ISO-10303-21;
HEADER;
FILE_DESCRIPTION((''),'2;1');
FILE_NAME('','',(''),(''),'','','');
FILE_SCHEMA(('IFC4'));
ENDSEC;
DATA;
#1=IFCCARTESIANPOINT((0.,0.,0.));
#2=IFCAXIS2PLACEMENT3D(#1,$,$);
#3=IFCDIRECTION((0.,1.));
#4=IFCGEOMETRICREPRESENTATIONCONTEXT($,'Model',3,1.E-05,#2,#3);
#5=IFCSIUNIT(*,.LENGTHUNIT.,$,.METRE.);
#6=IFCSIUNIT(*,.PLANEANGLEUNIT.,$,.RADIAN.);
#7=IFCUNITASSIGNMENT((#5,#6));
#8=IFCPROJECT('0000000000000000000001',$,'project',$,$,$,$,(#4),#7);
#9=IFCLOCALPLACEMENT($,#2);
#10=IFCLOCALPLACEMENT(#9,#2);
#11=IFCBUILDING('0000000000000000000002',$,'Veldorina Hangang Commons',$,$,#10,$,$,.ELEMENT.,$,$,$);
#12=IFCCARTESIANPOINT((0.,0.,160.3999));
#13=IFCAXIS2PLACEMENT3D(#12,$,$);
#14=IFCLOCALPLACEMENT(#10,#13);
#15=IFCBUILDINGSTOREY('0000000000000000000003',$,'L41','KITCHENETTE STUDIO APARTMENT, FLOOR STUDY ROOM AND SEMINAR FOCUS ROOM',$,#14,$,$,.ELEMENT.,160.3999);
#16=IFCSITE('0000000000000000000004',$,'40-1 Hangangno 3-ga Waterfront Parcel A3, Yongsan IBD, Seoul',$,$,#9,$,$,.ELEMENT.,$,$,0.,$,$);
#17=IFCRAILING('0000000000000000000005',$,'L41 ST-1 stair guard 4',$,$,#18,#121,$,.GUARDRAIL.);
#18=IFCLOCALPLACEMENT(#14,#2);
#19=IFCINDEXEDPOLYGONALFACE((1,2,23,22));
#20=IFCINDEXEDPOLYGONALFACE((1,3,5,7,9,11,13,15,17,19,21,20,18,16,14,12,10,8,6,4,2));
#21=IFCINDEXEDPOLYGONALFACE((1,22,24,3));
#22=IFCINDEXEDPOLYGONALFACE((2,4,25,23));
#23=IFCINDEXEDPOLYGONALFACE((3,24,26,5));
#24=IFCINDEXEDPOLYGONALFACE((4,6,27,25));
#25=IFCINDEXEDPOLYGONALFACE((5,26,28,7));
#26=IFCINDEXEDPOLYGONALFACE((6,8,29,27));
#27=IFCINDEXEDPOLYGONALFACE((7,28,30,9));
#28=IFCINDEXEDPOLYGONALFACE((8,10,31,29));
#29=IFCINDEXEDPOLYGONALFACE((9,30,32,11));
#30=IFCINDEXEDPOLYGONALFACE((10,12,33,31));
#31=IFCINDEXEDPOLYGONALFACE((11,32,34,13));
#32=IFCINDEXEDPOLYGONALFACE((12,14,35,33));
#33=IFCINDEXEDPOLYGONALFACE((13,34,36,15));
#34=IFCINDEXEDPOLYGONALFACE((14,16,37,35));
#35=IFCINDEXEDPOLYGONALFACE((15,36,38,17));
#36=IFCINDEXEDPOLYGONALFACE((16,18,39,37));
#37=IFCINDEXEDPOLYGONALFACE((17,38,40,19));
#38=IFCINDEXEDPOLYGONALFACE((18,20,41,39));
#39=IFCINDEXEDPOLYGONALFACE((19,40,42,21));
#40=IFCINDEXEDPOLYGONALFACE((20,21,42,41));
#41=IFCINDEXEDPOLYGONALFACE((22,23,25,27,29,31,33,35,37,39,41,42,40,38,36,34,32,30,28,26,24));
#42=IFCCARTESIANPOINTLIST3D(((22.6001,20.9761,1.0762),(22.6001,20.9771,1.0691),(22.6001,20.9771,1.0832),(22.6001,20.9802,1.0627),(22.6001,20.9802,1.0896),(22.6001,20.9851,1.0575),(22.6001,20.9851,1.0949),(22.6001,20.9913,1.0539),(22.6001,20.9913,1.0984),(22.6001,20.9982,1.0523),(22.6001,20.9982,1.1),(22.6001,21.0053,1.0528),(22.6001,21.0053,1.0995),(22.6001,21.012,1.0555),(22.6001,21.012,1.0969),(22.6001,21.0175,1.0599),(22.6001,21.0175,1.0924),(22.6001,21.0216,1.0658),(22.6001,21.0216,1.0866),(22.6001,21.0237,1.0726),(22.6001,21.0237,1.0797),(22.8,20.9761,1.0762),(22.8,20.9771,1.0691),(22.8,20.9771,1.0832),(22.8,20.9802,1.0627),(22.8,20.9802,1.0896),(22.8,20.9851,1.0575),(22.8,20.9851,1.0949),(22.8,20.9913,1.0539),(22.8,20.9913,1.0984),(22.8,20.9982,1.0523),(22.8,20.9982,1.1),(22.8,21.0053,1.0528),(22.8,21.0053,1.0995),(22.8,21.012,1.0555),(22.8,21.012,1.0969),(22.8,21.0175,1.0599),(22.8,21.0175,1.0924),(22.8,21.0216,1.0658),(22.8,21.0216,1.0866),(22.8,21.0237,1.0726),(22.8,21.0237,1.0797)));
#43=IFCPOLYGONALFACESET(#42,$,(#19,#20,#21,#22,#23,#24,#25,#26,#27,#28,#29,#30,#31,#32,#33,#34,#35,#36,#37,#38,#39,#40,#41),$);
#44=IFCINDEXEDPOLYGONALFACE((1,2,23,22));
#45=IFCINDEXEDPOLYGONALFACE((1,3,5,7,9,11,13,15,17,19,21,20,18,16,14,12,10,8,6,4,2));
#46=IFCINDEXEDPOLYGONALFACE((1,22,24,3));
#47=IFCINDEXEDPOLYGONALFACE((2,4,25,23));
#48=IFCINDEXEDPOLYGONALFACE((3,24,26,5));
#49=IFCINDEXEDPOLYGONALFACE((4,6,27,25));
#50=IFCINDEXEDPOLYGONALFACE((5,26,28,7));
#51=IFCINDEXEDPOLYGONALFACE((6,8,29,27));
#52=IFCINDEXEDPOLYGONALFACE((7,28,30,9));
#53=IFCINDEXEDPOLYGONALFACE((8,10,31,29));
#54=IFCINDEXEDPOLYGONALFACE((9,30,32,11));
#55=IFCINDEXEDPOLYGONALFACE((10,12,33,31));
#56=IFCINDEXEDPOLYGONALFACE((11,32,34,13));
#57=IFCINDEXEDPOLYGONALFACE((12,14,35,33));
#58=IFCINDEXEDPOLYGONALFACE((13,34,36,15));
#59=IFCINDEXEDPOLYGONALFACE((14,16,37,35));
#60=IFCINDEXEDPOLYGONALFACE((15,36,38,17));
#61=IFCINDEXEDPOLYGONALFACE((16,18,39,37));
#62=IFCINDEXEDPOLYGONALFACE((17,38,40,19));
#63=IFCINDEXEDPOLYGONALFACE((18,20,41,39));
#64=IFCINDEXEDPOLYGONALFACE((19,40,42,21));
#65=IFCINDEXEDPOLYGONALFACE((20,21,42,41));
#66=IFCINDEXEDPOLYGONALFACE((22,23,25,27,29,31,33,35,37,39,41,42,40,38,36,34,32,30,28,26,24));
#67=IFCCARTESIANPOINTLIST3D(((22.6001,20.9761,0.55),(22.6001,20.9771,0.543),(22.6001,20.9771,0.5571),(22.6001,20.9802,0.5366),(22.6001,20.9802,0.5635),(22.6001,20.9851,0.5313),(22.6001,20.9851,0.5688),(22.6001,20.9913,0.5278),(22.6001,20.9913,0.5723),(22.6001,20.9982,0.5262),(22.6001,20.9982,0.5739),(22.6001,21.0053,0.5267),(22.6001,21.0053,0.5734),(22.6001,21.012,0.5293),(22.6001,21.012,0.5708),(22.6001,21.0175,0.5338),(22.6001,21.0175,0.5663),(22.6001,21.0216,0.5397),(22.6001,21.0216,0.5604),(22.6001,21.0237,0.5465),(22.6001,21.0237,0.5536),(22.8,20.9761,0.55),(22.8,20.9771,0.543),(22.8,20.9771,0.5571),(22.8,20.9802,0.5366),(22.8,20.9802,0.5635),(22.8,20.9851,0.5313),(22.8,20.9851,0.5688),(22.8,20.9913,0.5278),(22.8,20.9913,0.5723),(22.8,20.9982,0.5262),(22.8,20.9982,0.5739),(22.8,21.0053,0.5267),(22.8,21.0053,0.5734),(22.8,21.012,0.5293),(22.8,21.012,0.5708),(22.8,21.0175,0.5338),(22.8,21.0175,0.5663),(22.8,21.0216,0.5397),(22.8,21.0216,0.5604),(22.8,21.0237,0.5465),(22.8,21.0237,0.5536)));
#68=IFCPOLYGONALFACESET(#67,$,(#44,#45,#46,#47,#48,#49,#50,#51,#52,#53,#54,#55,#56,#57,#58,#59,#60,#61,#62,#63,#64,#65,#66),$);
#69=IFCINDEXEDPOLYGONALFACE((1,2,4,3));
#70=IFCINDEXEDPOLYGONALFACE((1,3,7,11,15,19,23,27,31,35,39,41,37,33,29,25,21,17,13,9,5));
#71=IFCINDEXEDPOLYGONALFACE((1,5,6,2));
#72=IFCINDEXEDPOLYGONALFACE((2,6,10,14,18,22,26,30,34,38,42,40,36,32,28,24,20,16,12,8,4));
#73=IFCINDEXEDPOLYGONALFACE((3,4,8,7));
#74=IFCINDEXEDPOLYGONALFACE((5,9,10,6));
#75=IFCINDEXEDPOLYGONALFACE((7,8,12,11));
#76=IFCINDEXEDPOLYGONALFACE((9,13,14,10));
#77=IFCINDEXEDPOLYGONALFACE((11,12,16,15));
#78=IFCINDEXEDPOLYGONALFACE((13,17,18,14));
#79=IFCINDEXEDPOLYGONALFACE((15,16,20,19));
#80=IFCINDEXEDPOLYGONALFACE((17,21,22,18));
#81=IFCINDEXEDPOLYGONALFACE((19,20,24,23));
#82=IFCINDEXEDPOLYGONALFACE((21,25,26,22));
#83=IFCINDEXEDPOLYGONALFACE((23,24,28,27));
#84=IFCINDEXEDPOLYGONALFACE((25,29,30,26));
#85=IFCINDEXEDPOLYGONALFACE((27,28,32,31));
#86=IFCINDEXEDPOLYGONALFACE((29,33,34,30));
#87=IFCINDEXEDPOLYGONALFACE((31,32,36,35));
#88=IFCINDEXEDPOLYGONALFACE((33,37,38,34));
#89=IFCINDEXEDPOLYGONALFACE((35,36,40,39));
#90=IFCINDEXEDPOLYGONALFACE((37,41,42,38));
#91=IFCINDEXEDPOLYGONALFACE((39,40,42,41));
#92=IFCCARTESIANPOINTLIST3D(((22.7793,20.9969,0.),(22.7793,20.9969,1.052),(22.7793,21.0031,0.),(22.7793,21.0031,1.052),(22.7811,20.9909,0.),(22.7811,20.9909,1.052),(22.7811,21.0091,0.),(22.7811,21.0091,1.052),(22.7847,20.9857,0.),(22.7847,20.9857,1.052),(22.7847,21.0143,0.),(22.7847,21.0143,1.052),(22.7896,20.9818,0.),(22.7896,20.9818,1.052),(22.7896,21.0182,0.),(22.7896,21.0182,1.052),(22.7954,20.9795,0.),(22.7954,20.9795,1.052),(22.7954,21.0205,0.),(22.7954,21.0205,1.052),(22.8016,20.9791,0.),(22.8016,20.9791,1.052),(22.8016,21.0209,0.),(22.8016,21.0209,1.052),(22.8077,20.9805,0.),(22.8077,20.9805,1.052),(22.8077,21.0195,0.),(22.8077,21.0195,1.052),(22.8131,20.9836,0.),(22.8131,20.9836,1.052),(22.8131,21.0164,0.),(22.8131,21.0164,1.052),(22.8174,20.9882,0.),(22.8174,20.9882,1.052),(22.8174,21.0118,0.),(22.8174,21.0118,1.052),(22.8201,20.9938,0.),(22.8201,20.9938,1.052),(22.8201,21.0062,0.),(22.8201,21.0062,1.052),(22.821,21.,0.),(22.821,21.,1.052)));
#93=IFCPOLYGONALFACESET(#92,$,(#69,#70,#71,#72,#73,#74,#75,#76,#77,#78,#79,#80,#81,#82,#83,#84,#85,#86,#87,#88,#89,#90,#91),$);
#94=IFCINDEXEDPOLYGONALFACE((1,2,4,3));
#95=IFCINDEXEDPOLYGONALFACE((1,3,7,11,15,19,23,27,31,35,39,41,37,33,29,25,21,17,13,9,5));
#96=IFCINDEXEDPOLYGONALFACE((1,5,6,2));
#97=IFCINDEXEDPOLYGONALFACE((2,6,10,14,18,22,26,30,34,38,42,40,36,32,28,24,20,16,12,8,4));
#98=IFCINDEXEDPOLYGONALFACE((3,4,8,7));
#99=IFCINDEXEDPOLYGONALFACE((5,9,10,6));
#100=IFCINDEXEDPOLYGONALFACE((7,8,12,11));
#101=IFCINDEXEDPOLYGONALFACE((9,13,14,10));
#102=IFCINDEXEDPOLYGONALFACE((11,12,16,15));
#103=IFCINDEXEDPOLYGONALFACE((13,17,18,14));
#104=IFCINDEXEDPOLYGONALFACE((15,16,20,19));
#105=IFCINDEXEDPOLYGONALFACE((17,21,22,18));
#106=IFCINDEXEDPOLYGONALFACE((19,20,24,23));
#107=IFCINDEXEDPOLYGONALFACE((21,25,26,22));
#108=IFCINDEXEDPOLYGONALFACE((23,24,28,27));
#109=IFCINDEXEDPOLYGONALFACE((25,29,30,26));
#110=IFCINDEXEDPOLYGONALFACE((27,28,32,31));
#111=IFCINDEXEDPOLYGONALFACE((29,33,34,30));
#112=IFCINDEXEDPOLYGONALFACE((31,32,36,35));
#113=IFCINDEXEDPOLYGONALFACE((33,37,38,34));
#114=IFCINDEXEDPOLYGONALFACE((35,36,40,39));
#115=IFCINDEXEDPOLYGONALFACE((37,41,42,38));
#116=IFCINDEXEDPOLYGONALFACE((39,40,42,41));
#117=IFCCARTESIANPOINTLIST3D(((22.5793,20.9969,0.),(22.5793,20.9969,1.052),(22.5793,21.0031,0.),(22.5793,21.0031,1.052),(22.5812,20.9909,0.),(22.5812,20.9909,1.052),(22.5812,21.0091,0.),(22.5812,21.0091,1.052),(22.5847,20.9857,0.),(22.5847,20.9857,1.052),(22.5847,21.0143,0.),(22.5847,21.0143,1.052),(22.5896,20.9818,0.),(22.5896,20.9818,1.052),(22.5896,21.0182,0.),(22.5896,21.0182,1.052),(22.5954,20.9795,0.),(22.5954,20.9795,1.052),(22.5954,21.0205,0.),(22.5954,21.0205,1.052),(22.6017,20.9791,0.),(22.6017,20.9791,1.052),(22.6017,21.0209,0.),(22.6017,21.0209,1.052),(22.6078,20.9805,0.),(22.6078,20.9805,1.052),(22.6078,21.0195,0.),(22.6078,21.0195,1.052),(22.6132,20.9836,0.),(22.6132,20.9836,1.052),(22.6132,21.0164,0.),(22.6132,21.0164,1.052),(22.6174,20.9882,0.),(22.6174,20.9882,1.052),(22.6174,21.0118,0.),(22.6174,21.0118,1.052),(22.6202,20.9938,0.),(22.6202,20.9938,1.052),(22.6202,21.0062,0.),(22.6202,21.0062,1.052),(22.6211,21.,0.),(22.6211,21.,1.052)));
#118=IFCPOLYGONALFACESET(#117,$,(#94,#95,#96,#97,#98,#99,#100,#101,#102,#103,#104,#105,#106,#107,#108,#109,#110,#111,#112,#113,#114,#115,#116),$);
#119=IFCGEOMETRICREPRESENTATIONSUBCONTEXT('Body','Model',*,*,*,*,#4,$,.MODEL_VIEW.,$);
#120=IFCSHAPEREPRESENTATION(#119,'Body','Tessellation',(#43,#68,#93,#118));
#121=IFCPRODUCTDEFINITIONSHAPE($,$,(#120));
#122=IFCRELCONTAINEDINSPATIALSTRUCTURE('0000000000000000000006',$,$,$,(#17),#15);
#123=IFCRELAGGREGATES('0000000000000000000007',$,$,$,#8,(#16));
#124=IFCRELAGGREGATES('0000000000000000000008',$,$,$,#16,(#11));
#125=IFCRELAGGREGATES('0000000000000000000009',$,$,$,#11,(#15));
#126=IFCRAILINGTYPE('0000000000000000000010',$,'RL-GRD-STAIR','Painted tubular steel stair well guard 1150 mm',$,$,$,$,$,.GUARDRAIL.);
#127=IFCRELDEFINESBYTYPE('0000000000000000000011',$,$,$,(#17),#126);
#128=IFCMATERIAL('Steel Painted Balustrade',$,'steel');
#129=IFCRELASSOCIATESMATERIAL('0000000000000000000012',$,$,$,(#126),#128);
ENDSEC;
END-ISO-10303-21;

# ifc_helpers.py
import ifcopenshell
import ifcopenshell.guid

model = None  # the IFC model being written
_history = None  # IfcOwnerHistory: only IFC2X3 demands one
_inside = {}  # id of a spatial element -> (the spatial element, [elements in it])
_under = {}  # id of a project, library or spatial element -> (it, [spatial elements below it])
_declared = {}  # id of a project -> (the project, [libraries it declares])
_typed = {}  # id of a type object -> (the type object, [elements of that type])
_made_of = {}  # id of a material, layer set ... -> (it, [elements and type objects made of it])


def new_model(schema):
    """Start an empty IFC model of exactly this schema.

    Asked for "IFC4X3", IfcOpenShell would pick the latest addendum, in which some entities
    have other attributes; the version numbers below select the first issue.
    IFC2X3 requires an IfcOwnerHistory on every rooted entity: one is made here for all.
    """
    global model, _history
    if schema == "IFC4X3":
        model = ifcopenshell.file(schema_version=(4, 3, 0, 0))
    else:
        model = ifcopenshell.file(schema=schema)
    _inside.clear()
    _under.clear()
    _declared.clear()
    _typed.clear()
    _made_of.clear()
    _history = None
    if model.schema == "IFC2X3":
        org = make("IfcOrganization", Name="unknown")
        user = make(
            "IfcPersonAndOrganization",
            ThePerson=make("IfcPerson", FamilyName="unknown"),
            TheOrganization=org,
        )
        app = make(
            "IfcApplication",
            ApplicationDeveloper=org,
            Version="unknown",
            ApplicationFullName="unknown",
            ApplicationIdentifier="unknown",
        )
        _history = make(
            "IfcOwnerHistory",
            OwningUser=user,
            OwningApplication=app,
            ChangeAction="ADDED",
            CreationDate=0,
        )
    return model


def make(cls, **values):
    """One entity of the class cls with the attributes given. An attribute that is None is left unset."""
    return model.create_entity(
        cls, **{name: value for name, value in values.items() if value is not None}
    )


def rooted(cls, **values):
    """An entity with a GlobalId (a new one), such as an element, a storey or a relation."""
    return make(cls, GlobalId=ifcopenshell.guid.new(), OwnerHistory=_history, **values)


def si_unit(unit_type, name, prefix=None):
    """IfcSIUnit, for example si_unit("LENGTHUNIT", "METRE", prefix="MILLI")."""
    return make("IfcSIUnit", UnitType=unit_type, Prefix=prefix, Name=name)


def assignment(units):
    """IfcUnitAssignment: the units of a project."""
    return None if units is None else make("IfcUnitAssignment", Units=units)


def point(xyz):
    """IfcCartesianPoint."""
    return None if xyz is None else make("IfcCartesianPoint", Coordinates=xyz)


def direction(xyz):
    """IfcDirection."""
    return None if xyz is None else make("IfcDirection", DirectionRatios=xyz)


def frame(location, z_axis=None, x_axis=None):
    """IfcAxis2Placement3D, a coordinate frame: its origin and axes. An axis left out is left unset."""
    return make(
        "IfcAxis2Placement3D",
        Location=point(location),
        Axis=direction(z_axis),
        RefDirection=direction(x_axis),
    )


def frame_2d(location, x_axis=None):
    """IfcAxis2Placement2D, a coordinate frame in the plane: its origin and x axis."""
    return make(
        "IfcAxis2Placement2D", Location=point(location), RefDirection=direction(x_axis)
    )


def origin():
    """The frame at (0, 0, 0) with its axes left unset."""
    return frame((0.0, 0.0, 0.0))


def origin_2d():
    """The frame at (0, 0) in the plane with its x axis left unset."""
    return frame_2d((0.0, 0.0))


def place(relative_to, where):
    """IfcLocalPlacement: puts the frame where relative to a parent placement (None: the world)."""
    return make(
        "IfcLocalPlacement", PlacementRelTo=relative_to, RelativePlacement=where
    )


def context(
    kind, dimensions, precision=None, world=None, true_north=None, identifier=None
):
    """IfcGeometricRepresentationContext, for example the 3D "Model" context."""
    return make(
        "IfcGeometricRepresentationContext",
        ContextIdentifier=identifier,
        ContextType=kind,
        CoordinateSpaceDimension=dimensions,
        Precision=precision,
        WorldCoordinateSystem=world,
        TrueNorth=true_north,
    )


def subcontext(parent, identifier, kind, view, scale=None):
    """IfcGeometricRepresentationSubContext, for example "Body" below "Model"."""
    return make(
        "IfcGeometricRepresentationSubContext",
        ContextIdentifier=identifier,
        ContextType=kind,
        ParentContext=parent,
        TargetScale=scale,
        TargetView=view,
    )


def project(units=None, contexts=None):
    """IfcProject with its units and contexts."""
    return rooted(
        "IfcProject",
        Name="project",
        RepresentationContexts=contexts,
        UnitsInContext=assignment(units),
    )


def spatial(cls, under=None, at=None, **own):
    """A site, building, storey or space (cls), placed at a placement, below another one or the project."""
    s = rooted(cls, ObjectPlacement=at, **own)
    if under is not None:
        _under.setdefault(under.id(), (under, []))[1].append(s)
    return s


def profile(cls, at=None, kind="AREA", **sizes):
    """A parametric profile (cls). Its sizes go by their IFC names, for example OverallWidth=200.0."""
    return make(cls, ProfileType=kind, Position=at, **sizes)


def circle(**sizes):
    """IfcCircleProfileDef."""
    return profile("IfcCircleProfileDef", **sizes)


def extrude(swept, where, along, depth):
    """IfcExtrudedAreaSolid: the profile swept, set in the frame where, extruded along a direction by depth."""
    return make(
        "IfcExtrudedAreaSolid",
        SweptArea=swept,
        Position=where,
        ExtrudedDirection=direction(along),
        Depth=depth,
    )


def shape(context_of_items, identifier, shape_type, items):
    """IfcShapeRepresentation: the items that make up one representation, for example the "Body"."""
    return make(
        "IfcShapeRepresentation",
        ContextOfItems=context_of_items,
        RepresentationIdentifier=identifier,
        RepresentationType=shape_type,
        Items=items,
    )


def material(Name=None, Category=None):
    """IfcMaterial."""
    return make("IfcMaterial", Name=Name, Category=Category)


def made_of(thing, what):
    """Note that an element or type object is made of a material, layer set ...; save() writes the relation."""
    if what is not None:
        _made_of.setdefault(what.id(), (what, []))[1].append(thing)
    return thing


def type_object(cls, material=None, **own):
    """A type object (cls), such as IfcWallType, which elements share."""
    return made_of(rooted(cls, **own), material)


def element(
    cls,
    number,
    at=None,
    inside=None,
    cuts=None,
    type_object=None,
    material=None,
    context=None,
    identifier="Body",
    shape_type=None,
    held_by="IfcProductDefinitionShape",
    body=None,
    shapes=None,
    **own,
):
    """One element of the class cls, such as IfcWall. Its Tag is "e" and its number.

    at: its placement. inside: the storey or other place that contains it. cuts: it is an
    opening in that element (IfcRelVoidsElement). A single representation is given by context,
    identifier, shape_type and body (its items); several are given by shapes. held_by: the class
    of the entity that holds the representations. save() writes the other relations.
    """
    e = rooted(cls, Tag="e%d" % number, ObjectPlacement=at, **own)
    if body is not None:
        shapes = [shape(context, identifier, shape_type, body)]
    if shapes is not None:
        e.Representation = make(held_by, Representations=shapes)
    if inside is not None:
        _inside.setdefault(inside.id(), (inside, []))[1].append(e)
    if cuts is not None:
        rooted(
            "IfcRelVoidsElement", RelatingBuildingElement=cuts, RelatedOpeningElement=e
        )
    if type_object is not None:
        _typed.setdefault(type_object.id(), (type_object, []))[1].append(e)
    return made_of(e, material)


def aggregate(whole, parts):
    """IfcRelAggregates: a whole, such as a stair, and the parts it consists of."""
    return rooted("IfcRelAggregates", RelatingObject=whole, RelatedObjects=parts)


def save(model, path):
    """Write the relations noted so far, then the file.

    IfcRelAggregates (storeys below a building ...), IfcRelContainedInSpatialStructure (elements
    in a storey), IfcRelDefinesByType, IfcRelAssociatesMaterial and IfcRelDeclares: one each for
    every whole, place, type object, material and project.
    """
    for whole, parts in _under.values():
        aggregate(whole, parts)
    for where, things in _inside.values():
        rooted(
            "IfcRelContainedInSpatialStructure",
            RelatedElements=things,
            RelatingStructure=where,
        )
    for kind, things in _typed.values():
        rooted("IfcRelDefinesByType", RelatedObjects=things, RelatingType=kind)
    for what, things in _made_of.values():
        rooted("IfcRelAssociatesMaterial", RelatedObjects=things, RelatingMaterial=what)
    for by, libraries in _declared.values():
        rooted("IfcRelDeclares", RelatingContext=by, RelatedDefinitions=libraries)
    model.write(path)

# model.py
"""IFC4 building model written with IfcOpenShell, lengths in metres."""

from ifc_helpers import new_model, si_unit, direction, frame, origin, origin_2d, place, context, subcontext, project, spatial, circle, extrude, material, type_object, element, save


model = new_model("IFC4")

# Units and contexts
model_context = context("Model", 3, precision=1e-05, world=origin(), true_north=direction((0.0, 1.0)))
body_context = subcontext(model_context, "Body", "Model", "MODEL_VIEW")
ifc_project = project(units=[si_unit("LENGTHUNIT", "METRE"), si_unit("PLANEANGLEUNIT", "RADIAN")], contexts=[model_context])

# Site, building, storey
site_placement = place(None, origin())
site = spatial("IfcSite", under=ifc_project, at=site_placement, Name="40-1 Hangangno 3-ga Waterfront Parcel A3, Yongsan IBD, Seoul", CompositionType="ELEMENT", RefElevation=0.0)
building_placement = place(site_placement, origin())
building = spatial("IfcBuilding", under=site, at=building_placement, Name="Veldorina Hangang Commons", CompositionType="ELEMENT")
storey_placement = place(building_placement, frame((0.0, 0.0, 160.3999)))
storey = spatial("IfcBuildingStorey", under=building, at=storey_placement, Name="L41", Description="KITCHENETTE STUDIO APARTMENT, FLOOR STUDY ROOM AND SEMINAR FOCUS ROOM", CompositionType="ELEMENT", Elevation=160.3999)

# Railing
ifc_material_1 = material(Name="Steel Painted Balustrade", Category="steel")
railing_type_1 = type_object("IfcRailingType", Name="RL-GRD-STAIR", Description="Painted tubular steel stair well guard 1150 mm", PredefinedType="GUARDRAIL", material=ifc_material_1)
railing_1_placement = place(storey_placement, frame((22.8, 21.0, 0.0)))
element("IfcRailing", 1, at=railing_1_placement, inside=storey, type_object=railing_type_1, Name="L41 ST-1 stair guard 4", PredefinedType="GUARDRAIL", context=body_context, shape_type="SweptSolid", body=[
    extrude(circle(Radius=0.0239, at=origin_2d()), frame((0.0, 0.0, 1.0762), z_axis=(-1.0, 0.0, 0.0), x_axis=(0.0, -1.0, 0.0)), (0.0, 0.0, 1.0), 0.2),
    extrude(circle(Radius=0.0239, at=origin_2d()), frame((0.0, 0.0, 0.55), z_axis=(-1.0, 0.0, 0.0), x_axis=(0.0, -1.0, 0.0)), (0.0, 0.0, 1.0), 0.2),
    extrude(circle(Radius=0.021, at=origin_2d()), origin(), (0.0, 0.0, 1.0), 1.052),
    extrude(circle(Radius=0.021, at=origin_2d()), frame((-0.2, 0.0, 0.0)), (0.0, 0.0, 1.0), 1.052),
])

save(model, "model.ifc")
